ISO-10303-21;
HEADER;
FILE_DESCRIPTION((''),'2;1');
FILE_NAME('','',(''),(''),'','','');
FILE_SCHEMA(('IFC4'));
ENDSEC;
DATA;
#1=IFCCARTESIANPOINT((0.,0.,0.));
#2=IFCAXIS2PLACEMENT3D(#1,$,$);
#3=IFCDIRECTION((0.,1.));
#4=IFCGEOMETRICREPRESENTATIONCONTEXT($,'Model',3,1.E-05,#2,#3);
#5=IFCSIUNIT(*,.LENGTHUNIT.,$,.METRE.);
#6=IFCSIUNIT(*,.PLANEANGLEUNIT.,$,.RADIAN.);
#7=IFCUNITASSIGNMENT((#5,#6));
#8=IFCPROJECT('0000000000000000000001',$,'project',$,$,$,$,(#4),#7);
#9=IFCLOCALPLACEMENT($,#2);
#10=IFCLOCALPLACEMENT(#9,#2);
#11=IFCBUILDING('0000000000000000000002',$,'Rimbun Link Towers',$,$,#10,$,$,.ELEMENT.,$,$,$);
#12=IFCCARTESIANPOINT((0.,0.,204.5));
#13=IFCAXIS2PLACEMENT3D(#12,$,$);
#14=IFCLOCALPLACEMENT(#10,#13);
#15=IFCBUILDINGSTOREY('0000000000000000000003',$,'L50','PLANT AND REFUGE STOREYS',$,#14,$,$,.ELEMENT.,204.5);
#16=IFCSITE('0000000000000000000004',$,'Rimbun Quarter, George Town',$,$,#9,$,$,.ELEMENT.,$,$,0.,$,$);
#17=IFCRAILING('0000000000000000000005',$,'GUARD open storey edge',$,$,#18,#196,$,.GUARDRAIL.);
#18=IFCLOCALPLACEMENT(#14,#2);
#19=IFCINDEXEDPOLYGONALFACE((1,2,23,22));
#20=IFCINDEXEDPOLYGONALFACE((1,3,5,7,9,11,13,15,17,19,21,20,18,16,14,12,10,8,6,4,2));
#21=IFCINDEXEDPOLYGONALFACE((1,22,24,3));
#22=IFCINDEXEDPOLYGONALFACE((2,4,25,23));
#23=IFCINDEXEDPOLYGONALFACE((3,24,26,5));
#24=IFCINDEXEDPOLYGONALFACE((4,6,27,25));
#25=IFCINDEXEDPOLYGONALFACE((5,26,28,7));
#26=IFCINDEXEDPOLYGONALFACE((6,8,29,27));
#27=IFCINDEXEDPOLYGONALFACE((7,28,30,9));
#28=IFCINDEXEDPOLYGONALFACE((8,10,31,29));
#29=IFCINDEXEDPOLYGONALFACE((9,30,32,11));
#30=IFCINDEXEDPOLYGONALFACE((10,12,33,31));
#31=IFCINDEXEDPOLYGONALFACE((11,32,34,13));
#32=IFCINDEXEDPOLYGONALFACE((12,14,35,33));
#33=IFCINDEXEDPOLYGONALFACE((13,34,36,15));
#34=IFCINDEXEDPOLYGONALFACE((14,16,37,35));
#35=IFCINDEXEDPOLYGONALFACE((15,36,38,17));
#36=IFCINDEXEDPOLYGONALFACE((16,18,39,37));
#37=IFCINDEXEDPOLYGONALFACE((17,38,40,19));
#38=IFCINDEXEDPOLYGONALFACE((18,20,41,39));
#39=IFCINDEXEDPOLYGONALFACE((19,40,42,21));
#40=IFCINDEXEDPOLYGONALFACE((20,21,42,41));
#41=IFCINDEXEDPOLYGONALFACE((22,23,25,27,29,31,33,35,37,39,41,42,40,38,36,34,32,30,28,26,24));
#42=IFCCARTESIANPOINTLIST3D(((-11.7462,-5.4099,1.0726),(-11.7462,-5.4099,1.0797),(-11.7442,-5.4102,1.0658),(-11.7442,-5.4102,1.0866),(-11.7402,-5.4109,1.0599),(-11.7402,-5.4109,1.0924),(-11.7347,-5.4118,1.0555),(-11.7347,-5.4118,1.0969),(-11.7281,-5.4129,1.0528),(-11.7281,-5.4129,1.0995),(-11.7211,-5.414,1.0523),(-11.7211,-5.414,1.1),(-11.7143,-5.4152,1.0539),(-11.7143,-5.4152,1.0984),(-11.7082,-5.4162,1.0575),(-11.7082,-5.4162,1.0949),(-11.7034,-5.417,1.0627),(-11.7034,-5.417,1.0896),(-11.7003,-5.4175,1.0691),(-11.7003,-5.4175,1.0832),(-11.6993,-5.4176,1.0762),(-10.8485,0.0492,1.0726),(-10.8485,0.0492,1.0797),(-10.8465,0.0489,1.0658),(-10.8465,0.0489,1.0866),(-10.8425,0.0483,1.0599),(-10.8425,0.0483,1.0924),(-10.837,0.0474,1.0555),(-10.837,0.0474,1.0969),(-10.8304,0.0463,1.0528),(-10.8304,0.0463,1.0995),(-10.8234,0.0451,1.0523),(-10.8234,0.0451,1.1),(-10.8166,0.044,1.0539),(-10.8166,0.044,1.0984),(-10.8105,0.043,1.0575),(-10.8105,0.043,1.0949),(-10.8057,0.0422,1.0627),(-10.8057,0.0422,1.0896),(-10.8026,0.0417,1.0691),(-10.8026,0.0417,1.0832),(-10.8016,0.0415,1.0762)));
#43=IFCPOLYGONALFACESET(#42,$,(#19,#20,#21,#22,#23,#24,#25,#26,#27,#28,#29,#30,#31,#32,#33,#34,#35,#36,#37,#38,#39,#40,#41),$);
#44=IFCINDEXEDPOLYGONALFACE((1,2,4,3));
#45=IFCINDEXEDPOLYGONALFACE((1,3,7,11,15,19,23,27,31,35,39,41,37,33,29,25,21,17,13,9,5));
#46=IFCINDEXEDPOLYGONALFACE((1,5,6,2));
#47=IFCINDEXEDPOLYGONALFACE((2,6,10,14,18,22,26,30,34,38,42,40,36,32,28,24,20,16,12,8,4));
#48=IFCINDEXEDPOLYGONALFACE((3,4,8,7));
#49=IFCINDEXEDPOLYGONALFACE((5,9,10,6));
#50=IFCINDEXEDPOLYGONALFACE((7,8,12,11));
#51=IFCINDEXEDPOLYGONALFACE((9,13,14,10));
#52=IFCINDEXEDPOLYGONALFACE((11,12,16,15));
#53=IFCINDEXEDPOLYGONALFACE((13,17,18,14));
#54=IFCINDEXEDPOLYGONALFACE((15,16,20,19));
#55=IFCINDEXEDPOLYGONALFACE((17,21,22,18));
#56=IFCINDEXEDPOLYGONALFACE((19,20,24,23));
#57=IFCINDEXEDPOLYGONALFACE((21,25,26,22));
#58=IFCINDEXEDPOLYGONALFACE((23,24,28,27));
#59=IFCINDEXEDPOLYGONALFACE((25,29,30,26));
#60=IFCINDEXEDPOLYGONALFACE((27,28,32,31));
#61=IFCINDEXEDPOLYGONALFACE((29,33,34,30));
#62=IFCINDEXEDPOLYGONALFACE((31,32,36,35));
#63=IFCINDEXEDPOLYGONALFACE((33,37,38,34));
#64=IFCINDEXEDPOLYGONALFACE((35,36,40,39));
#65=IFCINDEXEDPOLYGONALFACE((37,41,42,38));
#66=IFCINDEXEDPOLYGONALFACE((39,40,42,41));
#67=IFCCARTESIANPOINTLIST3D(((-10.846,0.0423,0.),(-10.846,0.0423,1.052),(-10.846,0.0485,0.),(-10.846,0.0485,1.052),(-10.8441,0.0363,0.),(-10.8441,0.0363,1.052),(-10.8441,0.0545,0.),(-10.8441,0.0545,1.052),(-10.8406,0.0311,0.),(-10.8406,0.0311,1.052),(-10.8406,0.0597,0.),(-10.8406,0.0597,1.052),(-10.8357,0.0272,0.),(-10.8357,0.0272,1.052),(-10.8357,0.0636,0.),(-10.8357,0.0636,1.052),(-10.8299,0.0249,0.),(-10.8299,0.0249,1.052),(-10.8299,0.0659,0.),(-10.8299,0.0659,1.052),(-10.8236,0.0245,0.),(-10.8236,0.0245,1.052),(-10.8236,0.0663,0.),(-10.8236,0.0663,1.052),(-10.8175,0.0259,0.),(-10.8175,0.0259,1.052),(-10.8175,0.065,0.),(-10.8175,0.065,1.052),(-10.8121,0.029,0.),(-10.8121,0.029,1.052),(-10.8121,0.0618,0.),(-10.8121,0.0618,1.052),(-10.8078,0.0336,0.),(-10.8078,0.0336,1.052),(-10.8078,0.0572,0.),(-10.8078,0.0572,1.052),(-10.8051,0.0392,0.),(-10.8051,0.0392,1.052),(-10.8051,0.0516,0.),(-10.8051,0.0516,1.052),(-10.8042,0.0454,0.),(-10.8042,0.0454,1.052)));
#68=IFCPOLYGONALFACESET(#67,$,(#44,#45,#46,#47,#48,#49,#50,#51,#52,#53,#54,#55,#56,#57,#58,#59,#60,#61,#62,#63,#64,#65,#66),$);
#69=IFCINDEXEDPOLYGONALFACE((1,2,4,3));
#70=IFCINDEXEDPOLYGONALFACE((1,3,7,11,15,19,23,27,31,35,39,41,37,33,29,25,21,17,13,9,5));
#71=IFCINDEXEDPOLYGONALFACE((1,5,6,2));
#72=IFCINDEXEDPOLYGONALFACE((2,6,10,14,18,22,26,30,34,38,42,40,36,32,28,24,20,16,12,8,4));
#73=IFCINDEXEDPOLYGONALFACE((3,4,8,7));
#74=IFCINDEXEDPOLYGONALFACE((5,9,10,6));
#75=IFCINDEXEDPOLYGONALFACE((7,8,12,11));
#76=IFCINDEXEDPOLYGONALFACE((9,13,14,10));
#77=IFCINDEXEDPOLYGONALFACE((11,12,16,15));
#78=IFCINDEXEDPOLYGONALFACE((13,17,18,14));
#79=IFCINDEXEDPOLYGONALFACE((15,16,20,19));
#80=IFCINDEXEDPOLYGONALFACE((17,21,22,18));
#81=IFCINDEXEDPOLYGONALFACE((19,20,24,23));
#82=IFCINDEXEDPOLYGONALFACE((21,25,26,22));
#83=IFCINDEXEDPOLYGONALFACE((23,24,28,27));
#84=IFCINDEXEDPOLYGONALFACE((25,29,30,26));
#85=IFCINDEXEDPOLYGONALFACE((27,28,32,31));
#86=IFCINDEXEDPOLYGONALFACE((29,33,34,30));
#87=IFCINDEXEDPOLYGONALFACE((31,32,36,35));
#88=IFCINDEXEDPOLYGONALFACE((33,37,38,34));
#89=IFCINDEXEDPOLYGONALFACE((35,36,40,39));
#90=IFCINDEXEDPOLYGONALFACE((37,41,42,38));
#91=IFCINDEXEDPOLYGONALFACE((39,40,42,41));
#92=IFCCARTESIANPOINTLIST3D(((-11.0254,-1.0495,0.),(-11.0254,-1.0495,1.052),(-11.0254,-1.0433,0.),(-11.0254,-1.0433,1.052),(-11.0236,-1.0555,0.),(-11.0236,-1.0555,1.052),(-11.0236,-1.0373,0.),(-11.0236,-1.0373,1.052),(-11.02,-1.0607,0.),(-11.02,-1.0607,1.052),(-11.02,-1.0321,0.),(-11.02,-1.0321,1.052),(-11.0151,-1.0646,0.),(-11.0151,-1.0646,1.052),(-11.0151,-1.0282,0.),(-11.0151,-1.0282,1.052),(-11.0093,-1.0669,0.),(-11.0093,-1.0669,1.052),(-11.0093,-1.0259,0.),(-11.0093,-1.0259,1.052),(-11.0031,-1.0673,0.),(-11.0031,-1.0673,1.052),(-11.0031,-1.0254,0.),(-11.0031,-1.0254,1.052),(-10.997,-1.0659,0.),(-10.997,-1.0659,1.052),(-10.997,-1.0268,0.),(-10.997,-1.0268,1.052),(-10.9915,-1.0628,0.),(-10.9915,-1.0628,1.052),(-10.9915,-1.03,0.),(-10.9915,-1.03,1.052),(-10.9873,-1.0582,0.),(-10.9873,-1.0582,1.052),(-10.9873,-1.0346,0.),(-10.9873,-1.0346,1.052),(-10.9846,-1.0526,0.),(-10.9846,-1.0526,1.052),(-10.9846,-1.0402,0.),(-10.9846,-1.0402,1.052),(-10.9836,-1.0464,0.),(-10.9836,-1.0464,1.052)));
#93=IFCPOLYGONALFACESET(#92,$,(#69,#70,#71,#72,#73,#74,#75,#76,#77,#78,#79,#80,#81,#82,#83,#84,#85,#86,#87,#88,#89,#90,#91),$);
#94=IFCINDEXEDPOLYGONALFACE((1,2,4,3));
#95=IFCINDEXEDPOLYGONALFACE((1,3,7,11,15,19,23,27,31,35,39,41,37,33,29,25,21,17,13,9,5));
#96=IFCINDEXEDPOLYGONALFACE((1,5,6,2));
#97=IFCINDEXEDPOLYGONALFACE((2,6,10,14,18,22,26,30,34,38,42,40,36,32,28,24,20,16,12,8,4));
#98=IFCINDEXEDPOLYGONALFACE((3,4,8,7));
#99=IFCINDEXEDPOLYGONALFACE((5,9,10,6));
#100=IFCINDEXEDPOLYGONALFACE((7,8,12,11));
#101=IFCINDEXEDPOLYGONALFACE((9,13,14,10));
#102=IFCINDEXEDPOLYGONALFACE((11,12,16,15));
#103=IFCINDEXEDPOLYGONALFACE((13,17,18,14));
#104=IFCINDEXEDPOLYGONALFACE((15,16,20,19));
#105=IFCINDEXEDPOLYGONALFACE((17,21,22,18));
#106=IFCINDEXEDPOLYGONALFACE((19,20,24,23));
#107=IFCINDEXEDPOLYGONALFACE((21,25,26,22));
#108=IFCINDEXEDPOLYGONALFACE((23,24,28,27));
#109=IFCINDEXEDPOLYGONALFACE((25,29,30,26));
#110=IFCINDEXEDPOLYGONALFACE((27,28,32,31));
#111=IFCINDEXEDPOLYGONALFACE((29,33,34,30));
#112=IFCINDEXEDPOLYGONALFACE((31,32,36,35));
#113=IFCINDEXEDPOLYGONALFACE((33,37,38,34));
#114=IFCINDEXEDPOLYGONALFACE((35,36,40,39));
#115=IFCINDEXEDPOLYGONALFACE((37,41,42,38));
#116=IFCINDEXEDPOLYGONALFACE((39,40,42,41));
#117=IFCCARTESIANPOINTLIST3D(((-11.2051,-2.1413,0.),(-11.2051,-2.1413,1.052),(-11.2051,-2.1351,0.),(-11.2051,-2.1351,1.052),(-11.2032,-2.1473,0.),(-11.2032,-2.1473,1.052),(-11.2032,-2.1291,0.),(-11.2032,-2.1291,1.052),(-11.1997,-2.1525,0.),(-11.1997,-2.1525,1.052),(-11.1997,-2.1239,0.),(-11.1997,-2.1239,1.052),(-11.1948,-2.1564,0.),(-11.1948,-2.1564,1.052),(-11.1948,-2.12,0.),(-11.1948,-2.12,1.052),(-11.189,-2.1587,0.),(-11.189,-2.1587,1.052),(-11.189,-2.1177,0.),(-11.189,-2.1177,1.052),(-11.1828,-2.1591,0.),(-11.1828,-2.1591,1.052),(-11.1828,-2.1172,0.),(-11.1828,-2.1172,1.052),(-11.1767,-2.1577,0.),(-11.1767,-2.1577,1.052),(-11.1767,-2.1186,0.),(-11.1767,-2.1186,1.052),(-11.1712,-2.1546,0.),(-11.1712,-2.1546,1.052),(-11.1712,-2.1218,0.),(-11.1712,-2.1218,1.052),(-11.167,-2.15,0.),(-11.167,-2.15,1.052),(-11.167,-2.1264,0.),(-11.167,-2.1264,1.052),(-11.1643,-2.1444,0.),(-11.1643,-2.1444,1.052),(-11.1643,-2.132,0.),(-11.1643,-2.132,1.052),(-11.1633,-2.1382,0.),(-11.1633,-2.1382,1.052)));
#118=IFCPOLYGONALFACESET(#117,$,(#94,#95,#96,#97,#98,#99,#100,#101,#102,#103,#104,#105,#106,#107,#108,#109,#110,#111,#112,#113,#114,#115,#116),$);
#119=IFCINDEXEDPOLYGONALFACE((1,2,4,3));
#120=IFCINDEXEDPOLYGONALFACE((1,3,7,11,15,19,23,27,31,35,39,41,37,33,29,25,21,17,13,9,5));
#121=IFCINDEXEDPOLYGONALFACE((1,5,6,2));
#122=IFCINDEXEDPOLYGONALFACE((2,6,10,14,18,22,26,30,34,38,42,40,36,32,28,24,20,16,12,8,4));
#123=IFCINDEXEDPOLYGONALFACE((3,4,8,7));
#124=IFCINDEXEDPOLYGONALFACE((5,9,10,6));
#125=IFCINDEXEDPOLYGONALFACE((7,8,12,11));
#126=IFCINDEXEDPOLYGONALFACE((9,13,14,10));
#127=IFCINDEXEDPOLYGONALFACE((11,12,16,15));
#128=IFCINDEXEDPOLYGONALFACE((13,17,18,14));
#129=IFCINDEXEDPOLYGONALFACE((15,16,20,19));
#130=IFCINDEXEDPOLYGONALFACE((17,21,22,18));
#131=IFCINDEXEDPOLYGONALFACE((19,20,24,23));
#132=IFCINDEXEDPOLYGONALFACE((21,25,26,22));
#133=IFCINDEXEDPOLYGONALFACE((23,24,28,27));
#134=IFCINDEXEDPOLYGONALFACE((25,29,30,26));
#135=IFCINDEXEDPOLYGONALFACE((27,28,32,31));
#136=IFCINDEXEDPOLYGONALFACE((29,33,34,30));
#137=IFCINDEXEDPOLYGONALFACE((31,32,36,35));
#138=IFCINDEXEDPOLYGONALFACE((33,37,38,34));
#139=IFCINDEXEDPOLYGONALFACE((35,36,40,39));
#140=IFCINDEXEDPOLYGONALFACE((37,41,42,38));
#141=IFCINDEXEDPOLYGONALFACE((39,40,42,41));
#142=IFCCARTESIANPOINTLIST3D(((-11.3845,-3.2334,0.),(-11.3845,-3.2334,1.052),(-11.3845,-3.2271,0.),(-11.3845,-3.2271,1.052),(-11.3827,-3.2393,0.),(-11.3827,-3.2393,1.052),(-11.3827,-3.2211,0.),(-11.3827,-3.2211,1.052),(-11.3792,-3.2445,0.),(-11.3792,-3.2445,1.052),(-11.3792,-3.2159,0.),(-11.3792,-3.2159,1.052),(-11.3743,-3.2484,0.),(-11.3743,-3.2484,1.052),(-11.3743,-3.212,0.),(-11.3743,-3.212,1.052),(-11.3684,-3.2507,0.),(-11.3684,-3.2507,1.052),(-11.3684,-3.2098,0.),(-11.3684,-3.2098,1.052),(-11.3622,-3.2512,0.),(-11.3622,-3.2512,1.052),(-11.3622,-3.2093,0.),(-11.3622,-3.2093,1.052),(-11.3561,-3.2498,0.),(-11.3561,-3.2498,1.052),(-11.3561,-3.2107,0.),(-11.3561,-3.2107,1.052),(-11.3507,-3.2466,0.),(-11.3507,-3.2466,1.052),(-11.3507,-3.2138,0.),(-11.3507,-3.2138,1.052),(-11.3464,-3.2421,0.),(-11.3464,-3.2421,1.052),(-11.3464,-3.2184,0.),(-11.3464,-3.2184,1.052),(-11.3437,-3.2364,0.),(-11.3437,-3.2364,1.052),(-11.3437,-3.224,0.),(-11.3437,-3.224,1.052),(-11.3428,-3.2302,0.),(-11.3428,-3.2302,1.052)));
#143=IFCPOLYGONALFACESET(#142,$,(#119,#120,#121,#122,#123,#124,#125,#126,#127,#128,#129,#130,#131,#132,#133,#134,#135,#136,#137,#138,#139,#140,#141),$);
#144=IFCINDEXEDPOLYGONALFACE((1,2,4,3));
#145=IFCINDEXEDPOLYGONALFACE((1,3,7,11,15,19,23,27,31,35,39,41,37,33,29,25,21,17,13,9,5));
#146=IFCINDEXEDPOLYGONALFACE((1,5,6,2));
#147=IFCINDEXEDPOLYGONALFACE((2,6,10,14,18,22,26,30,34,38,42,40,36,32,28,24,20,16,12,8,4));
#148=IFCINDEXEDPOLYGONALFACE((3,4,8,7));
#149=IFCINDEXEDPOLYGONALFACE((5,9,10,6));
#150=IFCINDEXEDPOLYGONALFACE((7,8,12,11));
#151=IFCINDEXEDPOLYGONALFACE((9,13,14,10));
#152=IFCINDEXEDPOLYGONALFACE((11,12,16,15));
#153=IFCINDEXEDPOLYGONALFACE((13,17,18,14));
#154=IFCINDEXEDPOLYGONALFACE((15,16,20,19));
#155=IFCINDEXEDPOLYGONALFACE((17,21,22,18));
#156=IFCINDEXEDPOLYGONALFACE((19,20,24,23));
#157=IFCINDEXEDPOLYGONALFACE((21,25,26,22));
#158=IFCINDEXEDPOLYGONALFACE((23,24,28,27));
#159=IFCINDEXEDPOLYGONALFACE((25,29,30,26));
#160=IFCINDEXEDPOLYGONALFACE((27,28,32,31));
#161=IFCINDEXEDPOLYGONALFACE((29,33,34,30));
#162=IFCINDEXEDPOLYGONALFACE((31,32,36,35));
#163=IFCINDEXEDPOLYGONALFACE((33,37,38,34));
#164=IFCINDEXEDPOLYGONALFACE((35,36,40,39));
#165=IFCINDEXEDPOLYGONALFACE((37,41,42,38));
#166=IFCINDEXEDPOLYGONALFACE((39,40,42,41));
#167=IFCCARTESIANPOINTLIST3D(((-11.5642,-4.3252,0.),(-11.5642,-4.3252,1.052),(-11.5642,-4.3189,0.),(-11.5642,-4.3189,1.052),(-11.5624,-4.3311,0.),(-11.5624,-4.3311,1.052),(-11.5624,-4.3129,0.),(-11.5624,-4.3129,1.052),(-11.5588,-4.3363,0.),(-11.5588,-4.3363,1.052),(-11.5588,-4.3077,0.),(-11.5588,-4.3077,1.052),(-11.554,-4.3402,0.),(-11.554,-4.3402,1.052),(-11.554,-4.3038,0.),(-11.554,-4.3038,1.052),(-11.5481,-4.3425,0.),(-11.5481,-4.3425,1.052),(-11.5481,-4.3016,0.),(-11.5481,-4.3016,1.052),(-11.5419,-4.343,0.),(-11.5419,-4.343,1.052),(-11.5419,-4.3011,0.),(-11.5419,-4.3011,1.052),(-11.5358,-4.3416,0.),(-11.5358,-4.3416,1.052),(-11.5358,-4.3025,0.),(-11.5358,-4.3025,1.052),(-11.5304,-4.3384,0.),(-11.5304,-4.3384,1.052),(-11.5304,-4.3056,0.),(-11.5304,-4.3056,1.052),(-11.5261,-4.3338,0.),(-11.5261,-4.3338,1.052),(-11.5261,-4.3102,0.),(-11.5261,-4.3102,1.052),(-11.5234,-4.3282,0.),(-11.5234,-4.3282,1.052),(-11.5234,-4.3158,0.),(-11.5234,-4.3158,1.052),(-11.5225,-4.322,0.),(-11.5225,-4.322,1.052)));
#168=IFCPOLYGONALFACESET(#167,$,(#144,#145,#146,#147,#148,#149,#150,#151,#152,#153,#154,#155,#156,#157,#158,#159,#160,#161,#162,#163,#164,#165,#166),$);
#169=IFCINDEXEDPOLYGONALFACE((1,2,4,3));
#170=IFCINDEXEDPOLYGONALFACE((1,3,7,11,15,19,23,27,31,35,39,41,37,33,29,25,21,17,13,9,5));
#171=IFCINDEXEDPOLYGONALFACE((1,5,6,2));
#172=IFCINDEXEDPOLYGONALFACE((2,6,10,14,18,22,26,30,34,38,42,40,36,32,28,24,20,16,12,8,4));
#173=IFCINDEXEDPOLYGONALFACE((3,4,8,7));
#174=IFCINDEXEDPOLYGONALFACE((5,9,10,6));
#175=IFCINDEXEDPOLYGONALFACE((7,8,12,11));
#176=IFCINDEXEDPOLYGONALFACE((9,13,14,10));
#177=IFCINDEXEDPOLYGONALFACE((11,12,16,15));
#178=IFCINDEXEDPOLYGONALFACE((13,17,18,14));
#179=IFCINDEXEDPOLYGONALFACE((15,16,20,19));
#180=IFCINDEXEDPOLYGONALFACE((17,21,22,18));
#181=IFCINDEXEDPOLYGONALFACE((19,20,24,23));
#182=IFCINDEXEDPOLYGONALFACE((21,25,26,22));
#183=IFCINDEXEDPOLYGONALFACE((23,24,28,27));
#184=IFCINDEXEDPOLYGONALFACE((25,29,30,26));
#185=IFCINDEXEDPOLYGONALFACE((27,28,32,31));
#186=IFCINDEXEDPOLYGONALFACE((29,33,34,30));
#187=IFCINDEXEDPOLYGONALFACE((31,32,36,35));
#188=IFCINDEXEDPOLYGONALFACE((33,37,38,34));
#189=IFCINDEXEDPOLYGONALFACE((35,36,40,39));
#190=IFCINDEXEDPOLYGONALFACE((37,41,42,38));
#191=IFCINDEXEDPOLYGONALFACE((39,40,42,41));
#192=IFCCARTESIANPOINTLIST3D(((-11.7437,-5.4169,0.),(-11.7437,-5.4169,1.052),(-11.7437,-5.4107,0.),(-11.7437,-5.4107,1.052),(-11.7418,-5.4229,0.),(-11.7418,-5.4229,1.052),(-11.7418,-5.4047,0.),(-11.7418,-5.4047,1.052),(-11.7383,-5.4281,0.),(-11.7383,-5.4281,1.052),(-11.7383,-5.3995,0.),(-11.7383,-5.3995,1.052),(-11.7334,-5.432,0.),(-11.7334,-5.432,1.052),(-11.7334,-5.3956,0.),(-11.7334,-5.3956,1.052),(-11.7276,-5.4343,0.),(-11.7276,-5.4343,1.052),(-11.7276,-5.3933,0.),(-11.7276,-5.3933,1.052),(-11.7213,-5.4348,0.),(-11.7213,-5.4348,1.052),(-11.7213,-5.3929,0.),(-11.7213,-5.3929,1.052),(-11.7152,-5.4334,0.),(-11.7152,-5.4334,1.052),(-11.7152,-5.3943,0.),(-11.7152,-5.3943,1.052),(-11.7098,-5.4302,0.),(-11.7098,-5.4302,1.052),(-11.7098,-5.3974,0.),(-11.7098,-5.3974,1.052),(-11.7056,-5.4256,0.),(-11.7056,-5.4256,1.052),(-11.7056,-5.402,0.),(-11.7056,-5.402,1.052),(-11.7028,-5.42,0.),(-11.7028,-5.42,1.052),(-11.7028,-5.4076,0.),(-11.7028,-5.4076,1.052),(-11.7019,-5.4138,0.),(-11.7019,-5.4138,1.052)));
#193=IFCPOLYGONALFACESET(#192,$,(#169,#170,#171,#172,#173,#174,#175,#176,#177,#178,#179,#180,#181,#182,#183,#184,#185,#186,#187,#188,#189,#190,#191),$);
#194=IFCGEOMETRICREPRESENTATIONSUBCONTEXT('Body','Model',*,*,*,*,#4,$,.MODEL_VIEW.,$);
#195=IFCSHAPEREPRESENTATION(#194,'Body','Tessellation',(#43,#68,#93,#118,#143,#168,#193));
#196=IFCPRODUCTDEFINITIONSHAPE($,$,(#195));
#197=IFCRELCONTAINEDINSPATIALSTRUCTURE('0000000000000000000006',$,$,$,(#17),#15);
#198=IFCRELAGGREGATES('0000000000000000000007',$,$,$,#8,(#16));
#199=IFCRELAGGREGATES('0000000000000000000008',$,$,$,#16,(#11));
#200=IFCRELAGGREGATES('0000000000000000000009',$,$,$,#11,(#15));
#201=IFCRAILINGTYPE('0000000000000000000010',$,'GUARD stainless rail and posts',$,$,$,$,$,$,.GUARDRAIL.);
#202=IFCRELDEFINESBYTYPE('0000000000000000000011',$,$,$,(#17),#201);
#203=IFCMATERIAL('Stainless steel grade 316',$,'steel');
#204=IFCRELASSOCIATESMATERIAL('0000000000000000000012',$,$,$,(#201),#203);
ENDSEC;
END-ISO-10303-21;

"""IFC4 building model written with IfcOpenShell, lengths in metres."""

from ifc_helpers import new_model, si_unit, direction, frame, origin, origin_2d, place, context, subcontext, project, spatial, circle, extrude, material, type_object, element, save


model = new_model("IFC4")

# Units and contexts
model_context = context("Model", 3, precision=1e-05, world=origin(), true_north=direction((0.0, 1.0)))
body_context = subcontext(model_context, "Body", "Model", "MODEL_VIEW")
ifc_project = project(units=[si_unit("LENGTHUNIT", "METRE"), si_unit("PLANEANGLEUNIT", "RADIAN")], contexts=[model_context])

# Site, building, storey
site_placement = place(None, origin())
site = spatial("IfcSite", under=ifc_project, at=site_placement, Name="Rimbun Quarter, George Town", CompositionType="ELEMENT", RefElevation=0.0)
building_placement = place(site_placement, origin())
building = spatial("IfcBuilding", under=site, at=building_placement, Name="Rimbun Link Towers", CompositionType="ELEMENT")
storey_placement = place(building_placement, frame((0.0, 0.0, 204.5)))
storey = spatial("IfcBuildingStorey", under=building, at=storey_placement, Name="L50", Description="PLANT AND REFUGE STOREYS", CompositionType="ELEMENT", Elevation=204.5)

# Railing
ifc_material_1 = material(Name="Stainless steel grade 316", Category="steel")
railing_type = type_object("IfcRailingType", Name="GUARD stainless rail and posts", PredefinedType="GUARDRAIL", material=ifc_material_1)
railing_1_placement = place(storey_placement, frame((-10.8252, 0.0454, 0.0)))
element("IfcRailing", 1, at=railing_1_placement, inside=storey, type_object=railing_type, Name="GUARD open storey edge", PredefinedType="GUARDRAIL", context=body_context, shape_type="SweptSolid", body=[
    extrude(circle(Radius=0.0239, at=origin_2d()), frame((0.0, 0.0, 1.0762), z_axis=(-0.162259, -0.986748, 0.0), x_axis=(0.986748, -0.162259, 0.0)), (0.0, 0.0, 1.0), 5.5325),
    extrude(circle(Radius=0.021, at=origin_2d()), origin(), (0.0, 0.0, 1.0), 1.052),
    extrude(circle(Radius=0.021, at=origin_2d()), frame((-0.1794, -1.0918, 0.0)), (0.0, 0.0, 1.0), 1.052),
    extrude(circle(Radius=0.021, at=origin_2d()), frame((-0.3591, -2.1836, 0.0)), (0.0, 0.0, 1.0), 1.052),
    extrude(circle(Radius=0.021, at=origin_2d()), frame((-0.5386, -3.2756, 0.0)), (0.0, 0.0, 1.0), 1.052),
    extrude(circle(Radius=0.021, at=origin_2d()), frame((-0.7183, -4.3674, 0.0)), (0.0, 0.0, 1.0), 1.052),
    extrude(circle(Radius=0.021, at=origin_2d()), frame((-0.8977, -5.4592, 0.0)), (0.0, 0.0, 1.0), 1.052),
])

save(model, "model.ifc")
